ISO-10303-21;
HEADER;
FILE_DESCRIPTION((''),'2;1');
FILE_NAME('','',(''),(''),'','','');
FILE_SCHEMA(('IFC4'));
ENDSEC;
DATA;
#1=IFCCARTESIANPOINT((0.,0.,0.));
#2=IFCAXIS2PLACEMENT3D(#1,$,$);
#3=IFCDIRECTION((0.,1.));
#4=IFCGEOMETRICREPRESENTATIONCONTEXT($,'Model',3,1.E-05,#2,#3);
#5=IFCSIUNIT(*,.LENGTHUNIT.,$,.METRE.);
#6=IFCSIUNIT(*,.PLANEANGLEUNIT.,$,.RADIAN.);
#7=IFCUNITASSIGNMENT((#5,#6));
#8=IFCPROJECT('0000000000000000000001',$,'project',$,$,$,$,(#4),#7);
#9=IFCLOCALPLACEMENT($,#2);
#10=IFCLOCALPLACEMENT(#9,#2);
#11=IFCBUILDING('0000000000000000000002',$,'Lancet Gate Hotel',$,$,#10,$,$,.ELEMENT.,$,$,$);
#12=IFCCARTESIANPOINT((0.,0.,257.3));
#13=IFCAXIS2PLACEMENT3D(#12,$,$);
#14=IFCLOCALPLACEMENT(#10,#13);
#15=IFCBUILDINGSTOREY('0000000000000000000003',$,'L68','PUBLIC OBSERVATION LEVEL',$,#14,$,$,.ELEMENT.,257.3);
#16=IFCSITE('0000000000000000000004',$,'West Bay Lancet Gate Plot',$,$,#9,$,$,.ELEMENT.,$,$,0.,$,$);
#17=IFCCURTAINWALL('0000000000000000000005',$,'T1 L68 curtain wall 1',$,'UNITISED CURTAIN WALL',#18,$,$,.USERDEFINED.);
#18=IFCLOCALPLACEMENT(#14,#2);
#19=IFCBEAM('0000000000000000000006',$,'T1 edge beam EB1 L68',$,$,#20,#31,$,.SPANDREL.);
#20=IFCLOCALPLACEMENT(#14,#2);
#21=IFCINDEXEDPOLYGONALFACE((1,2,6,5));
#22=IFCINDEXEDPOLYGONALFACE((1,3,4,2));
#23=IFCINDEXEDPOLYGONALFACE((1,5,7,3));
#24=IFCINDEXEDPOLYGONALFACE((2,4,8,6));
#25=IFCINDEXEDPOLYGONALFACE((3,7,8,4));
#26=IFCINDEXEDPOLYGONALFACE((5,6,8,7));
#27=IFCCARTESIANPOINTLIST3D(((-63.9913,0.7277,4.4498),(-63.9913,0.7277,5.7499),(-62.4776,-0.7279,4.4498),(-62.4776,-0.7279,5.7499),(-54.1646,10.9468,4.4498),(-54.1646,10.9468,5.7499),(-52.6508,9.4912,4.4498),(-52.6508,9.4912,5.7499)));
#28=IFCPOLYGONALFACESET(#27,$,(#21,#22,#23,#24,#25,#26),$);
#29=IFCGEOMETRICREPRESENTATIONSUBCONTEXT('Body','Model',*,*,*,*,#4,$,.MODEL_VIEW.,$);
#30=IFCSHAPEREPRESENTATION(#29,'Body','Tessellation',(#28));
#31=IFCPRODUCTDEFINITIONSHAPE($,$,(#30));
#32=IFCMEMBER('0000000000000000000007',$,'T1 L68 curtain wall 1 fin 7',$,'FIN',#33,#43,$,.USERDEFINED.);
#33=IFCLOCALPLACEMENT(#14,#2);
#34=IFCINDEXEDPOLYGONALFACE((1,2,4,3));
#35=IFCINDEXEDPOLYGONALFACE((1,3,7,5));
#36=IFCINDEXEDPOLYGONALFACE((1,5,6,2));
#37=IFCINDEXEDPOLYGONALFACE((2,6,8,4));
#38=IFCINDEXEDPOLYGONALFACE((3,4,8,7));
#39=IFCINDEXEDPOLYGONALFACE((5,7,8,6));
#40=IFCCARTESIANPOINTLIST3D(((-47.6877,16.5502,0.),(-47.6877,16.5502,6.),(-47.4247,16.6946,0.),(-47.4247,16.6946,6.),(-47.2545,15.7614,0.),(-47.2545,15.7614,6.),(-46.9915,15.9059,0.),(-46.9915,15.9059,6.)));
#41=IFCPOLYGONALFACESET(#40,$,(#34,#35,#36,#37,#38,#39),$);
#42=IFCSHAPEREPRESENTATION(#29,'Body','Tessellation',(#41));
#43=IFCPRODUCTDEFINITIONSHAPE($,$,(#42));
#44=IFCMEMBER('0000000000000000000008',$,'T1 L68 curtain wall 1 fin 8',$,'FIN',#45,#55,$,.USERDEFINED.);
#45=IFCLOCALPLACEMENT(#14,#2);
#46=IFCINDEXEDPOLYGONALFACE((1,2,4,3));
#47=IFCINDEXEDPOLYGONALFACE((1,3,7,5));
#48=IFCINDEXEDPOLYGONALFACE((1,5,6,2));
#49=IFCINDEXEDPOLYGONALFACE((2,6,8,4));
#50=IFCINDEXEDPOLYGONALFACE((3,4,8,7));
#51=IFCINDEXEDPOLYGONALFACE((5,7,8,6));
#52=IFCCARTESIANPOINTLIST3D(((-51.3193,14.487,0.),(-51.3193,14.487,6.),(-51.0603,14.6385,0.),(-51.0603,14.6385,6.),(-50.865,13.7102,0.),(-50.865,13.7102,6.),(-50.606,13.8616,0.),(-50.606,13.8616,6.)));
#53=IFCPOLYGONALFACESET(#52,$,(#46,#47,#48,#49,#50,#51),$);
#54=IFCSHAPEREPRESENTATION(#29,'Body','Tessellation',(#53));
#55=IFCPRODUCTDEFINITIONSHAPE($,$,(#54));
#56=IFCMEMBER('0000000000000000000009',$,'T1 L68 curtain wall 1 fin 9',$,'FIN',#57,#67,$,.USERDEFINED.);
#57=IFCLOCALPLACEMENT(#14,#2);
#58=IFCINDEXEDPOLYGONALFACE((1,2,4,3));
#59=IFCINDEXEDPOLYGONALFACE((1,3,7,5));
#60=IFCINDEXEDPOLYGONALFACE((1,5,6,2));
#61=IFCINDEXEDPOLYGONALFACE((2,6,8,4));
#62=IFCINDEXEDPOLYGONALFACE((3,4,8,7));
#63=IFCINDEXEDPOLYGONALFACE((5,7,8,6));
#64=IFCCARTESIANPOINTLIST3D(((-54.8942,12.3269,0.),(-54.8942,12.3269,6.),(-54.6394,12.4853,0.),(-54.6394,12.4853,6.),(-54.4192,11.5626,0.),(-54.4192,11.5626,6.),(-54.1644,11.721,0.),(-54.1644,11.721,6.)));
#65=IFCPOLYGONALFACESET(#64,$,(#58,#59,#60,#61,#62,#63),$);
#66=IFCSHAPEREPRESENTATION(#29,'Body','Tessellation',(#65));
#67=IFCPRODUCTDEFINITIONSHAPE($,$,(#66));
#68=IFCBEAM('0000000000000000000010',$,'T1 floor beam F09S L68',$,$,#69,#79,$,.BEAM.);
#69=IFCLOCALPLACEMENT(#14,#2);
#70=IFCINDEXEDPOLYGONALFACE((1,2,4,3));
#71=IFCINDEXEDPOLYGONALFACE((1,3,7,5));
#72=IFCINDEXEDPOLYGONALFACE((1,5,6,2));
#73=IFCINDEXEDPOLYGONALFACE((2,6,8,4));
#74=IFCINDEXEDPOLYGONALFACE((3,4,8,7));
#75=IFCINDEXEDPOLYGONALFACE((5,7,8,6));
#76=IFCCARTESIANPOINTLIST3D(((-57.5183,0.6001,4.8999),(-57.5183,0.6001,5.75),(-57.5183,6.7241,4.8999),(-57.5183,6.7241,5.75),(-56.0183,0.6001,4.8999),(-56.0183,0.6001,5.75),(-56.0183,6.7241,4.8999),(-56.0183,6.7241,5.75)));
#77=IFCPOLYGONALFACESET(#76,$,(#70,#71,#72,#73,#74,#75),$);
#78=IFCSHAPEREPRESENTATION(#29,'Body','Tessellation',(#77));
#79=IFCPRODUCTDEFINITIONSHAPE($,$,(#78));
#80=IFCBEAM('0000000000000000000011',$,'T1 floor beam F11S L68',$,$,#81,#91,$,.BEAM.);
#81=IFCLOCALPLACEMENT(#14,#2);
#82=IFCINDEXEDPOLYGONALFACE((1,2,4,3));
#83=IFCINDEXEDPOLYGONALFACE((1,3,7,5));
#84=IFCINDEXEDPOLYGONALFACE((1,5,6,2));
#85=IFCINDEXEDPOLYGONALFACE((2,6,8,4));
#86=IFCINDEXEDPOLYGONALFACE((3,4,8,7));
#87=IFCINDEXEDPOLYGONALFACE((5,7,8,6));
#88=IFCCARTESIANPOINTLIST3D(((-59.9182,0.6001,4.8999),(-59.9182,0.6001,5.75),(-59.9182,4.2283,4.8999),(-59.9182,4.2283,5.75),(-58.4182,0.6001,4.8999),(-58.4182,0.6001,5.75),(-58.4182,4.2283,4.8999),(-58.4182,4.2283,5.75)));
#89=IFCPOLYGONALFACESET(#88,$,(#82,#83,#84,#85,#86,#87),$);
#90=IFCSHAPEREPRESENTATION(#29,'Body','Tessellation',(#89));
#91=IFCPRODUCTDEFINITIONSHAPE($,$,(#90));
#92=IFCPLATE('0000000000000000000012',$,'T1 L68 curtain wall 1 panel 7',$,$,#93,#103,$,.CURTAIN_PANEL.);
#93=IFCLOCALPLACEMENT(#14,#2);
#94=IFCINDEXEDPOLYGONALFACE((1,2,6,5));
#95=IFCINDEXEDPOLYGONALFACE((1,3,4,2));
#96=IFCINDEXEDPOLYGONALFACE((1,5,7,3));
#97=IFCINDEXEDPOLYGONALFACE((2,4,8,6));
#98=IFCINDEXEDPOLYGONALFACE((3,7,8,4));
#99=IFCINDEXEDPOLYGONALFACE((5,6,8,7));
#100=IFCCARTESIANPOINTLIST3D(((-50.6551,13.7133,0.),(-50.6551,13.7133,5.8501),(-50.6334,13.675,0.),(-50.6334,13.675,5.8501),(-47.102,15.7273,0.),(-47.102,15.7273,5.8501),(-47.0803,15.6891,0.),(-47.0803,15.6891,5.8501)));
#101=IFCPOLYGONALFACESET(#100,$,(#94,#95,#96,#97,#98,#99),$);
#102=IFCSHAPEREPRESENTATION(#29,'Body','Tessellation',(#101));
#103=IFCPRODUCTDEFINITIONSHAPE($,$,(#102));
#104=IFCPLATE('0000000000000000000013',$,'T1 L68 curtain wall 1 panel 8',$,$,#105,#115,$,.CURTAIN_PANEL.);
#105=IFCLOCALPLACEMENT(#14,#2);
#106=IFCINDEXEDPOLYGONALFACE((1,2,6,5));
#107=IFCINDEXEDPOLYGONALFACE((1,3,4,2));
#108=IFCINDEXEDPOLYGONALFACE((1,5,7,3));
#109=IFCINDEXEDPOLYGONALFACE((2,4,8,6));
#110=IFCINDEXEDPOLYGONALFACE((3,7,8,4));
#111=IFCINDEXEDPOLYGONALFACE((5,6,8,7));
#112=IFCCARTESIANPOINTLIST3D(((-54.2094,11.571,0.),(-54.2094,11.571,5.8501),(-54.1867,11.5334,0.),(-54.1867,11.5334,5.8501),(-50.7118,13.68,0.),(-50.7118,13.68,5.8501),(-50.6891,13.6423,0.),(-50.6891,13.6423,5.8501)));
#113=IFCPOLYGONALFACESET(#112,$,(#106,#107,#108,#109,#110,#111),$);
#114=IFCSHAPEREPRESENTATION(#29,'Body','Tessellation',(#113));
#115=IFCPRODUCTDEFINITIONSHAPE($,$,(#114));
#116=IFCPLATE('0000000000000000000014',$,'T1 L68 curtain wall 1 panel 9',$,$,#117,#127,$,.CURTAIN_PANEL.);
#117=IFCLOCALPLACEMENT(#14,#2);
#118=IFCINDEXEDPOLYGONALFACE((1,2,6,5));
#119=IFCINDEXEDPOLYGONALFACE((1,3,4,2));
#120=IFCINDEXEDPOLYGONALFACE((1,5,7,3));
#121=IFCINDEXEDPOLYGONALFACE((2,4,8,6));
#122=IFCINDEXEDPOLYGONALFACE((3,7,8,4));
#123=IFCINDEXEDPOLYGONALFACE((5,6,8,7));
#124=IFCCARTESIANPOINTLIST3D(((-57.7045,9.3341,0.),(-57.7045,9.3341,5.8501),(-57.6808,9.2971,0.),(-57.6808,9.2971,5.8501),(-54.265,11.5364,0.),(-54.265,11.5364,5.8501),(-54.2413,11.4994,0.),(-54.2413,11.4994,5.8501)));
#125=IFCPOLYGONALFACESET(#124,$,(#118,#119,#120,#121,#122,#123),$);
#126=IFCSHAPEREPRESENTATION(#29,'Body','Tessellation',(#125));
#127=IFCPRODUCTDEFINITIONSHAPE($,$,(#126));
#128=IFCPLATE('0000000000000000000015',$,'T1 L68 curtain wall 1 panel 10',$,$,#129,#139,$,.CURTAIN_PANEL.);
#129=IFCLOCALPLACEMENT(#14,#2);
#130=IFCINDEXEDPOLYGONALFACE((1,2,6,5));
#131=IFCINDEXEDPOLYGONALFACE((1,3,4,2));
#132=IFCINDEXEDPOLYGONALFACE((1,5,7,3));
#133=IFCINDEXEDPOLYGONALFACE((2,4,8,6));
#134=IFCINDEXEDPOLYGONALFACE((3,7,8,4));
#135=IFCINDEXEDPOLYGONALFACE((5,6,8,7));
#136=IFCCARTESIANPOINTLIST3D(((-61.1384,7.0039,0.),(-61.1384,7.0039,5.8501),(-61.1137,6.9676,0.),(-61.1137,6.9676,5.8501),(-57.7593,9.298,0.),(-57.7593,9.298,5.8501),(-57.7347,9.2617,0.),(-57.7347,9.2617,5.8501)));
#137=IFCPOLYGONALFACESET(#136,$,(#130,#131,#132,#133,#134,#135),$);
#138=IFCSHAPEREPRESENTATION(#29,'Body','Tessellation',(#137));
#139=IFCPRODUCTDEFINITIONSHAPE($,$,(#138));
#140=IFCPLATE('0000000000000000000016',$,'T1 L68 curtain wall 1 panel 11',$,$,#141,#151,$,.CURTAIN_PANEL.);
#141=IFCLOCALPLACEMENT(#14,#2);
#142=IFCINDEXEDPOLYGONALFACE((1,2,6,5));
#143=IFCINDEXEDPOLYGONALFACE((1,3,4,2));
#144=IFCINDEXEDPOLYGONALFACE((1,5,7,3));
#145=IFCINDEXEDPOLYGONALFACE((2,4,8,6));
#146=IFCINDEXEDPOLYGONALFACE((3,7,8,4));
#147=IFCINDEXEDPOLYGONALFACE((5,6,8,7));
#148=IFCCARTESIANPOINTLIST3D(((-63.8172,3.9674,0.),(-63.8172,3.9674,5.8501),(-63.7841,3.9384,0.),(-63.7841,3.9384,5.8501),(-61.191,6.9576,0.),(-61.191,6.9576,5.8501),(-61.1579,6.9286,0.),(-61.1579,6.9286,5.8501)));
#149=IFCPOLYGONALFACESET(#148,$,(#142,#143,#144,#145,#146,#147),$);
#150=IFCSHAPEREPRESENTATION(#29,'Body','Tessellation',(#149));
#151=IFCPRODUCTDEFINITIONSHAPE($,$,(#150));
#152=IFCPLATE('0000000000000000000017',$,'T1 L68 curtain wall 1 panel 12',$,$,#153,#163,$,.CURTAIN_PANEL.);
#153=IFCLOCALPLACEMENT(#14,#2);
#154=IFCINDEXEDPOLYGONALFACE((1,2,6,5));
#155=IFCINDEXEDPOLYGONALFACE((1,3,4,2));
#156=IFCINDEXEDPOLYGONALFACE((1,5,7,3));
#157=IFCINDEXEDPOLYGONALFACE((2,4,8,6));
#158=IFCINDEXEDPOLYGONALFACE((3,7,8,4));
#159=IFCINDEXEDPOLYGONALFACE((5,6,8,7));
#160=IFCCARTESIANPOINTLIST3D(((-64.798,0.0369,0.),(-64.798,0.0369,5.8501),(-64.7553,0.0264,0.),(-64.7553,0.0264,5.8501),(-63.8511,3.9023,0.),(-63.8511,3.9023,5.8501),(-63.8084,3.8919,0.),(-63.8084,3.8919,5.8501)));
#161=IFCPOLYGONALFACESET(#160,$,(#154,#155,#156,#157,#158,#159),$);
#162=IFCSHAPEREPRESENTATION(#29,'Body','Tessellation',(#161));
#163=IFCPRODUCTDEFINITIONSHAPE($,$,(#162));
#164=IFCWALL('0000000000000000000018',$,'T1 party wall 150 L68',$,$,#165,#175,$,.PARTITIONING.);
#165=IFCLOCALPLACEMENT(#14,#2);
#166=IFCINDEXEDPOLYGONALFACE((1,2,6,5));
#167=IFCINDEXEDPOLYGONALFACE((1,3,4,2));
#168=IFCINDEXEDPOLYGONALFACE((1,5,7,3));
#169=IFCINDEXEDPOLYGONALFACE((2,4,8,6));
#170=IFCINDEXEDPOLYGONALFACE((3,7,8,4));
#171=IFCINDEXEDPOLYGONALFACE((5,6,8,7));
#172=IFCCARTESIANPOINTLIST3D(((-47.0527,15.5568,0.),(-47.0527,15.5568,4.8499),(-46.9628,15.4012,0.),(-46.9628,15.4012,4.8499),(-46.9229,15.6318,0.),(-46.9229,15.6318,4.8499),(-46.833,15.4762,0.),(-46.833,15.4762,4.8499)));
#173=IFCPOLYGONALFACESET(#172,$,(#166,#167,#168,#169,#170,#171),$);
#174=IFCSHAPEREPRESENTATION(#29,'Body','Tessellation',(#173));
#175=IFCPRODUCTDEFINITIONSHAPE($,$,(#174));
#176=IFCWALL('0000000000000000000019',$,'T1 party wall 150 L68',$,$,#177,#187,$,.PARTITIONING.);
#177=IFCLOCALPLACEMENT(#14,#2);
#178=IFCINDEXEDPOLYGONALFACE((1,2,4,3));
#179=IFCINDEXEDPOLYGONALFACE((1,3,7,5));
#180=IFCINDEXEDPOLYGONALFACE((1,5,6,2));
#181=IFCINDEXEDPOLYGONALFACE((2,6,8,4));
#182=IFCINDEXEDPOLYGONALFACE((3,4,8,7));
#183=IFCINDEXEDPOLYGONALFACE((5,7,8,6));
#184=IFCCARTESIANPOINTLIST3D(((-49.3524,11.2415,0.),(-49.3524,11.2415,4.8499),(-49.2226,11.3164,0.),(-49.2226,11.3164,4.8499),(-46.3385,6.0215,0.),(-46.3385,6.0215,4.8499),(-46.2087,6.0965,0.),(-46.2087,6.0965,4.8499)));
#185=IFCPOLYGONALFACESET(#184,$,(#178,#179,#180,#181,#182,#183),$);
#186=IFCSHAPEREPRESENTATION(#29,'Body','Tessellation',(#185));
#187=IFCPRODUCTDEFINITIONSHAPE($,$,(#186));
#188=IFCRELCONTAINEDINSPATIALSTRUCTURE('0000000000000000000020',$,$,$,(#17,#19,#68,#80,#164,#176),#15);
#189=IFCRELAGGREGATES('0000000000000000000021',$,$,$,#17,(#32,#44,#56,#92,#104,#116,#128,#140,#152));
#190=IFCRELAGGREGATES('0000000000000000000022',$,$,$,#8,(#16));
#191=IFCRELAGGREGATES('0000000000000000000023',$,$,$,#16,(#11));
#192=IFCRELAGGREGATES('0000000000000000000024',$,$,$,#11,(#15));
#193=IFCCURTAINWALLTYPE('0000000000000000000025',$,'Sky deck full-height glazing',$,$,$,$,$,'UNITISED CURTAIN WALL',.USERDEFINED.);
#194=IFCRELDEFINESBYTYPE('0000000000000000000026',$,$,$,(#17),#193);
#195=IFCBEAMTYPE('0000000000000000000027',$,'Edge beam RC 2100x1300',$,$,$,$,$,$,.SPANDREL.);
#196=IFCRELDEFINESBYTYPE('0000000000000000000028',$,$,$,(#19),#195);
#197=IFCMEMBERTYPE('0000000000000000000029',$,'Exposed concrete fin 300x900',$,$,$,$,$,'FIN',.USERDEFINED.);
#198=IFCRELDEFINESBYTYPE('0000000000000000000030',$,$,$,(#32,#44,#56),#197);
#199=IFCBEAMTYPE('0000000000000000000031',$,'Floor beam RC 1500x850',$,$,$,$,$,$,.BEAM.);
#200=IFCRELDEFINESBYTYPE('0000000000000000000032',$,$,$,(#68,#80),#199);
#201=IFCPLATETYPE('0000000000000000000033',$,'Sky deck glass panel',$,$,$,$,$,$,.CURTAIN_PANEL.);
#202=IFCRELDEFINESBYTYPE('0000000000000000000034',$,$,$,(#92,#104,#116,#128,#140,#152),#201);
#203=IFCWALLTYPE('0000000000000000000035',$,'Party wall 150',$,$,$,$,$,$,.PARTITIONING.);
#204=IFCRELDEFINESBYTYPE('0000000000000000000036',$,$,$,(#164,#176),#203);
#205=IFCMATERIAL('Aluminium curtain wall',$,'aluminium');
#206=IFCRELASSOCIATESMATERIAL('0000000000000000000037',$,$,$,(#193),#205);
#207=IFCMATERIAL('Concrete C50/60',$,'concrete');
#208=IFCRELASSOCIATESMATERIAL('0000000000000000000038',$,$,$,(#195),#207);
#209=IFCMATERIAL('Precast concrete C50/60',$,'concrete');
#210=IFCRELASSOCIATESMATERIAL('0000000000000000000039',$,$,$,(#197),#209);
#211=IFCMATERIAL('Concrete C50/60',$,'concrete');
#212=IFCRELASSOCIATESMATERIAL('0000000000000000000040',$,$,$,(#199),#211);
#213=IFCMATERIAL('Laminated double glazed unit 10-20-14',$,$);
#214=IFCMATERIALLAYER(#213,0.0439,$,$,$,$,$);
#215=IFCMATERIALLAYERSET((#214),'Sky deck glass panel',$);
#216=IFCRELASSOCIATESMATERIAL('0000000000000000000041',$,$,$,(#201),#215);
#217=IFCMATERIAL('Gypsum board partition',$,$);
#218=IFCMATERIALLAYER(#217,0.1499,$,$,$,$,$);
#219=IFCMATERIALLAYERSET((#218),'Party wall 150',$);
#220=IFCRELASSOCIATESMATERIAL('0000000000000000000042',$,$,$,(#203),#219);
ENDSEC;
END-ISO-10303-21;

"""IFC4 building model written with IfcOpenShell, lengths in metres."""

from ifc_helpers import new_model, si_unit, direction, frame, frame_2d, origin, origin_2d, place, context, subcontext, project, spatial, rectangle, extrude, material, layer, layer_set, material_profile, profile_set, type_object, element, aggregate, save


model = new_model("IFC4")

# Units and contexts
model_context = context("Model", 3, precision=1e-05, world=origin(), true_north=direction((0.0, 1.0)))
body_context = subcontext(model_context, "Body", "Model", "MODEL_VIEW")
ifc_project = project(units=[si_unit("LENGTHUNIT", "METRE"), si_unit("PLANEANGLEUNIT", "RADIAN")], contexts=[model_context])

# Site, building, storey
site_placement = place(None, origin())
site = spatial("IfcSite", under=ifc_project, at=site_placement, Name="West Bay Lancet Gate Plot", CompositionType="ELEMENT", RefElevation=0.0)
building_placement = place(site_placement, origin())
building = spatial("IfcBuilding", under=site, at=building_placement, Name="Lancet Gate Hotel", CompositionType="ELEMENT")
storey_placement = place(building_placement, frame((0.0, 0.0, 257.3)))
storey = spatial("IfcBuildingStorey", under=building, at=storey_placement, Name="L68", Description="PUBLIC OBSERVATION LEVEL", CompositionType="ELEMENT", Elevation=257.3)

# Curtain wall
ifc_material_1 = material(Name="Aluminium curtain wall", Category="aluminium")
curtain_wall_type = type_object("IfcCurtainWallType", Name="Sky deck full-height glazing", ElementType="UNITISED CURTAIN WALL", PredefinedType="USERDEFINED", material=ifc_material_1)
curtain_wall_placement = place(storey_placement, origin())
curtain_wall = element("IfcCurtainWall", 1, at=curtain_wall_placement, inside=storey, type_object=curtain_wall_type, Name="T1 L68 curtain wall 1", ObjectType="UNITISED CURTAIN WALL", PredefinedType="USERDEFINED")

# Beam
ifc_material_2 = material(Name="Concrete C50/60", Category="concrete")
ifc_material_profile_1 = material_profile(ifc_material_2, rectangle(XDim=2.1001, YDim=1.3, at=origin_2d()), Name="RC 2100x1300")
ifc_profile_set_1 = profile_set([ifc_material_profile_1], Name="Concrete C50/60")
beam_type_1 = type_object("IfcBeamType", Name="Edge beam RC 2100x1300", PredefinedType="SPANDREL", material=ifc_profile_set_1)
beam_1_placement = place(storey_placement, frame((-53.4077, 10.219, 5.0999), z_axis=(-0.693135, -0.720808, 0.0), x_axis=(0.720808, -0.693135, 0.0)))
element("IfcBeam", 2, at=beam_1_placement, inside=storey, type_object=beam_type_1, Name="T1 edge beam EB1 L68", PredefinedType="SPANDREL", context=body_context, shape_type="SweptSolid", body=[
    extrude(rectangle(XDim=2.1001, YDim=1.3, at=origin_2d()), origin(), (0.0, 0.0, 1.0), 14.1772),
])

# Members
ifc_material_3 = material(Name="Precast concrete C50/60", Category="concrete")
ifc_material_profile_2 = material_profile(ifc_material_3, rectangle(XDim=0.3, YDim=0.8999, at=origin_2d()), Name="FIN 300x900")
ifc_profile_set_2 = profile_set([ifc_material_profile_2], Name="Precast concrete C50/60")
member_type_1 = type_object("IfcMemberType", Name="Exposed concrete fin 300x900", ElementType="FIN", PredefinedType="USERDEFINED", material=ifc_profile_set_2)
member_1_placement = place(storey_placement, frame((-47.3396, 16.228, 0.0), z_axis=(0.0, 0.0, 1.0), x_axis=(-0.876516, -0.481372, 0.0)))
member_1 = element("IfcMember", 3, at=member_1_placement, type_object=member_type_1, Name="T1 L68 curtain wall 1 fin 7", ObjectType="FIN", PredefinedType="USERDEFINED", context=body_context, shape_type="SweptSolid", body=[
    extrude(rectangle(XDim=0.3, YDim=0.8999, at=origin_2d()), origin(), (0.0, 0.0, 1.0), 6.0),
])
member_2_placement = place(storey_placement, frame((-50.9626, 14.1743, 0.0), z_axis=(0.0, 0.0, 1.0), x_axis=(-0.863242, -0.50479, 0.0)))
member_2 = element("IfcMember", 4, at=member_2_placement, type_object=member_type_1, Name="T1 L68 curtain wall 1 fin 8", ObjectType="FIN", PredefinedType="USERDEFINED", context=body_context, shape_type="SweptSolid", body=[
    extrude(rectangle(XDim=0.3, YDim=0.8999, at=origin_2d()), origin(), (0.0, 0.0, 1.0), 6.0),
])
member_3_placement = place(storey_placement, frame((-54.5293, 12.0239, 0.0), z_axis=(0.0, 0.0, 1.0), x_axis=(-0.849342, -0.527842, 0.0)))
member_3 = element("IfcMember", 5, at=member_3_placement, type_object=member_type_1, Name="T1 L68 curtain wall 1 fin 9", ObjectType="FIN", PredefinedType="USERDEFINED", context=body_context, shape_type="SweptSolid", body=[
    extrude(rectangle(XDim=0.3, YDim=0.8999, at=origin_2d()), origin(), (0.0, 0.0, 1.0), 6.0),
])

# Beams
ifc_material_4 = material(Name="Concrete C50/60", Category="concrete")
ifc_material_profile_3 = material_profile(ifc_material_4, rectangle(XDim=1.5, YDim=0.8501, at=origin_2d()), Name="RC 1500x850")
ifc_profile_set_3 = profile_set([ifc_material_profile_3], Name="Concrete C50/60")
beam_type_2 = type_object("IfcBeamType", Name="Floor beam RC 1500x850", PredefinedType="BEAM", material=ifc_profile_set_3)
beam_2_placement = place(storey_placement, frame((-56.7683, 6.7241, 5.325), z_axis=(0.0, -1.0, 0.0), x_axis=(1.0, 0.0, 0.0)))
element("IfcBeam", 6, at=beam_2_placement, inside=storey, type_object=beam_type_2, Name="T1 floor beam F09S L68", PredefinedType="BEAM", context=body_context, shape_type="SweptSolid", body=[
    extrude(rectangle(XDim=1.5, YDim=0.8501, at=origin_2d()), origin(), (0.0, 0.0, 1.0), 6.124),
])
beam_3_placement = place(storey_placement, frame((-59.1682, 4.2283, 5.325), z_axis=(0.0, -1.0, 0.0), x_axis=(1.0, 0.0, 0.0)))
element("IfcBeam", 7, at=beam_3_placement, inside=storey, type_object=beam_type_2, Name="T1 floor beam F11S L68", PredefinedType="BEAM", context=body_context, shape_type="SweptSolid", body=[
    extrude(rectangle(XDim=1.5, YDim=0.8501, at=origin_2d()), origin(), (0.0, 0.0, 1.0), 3.6282),
])

# Plates
ifc_material_5 = material(Name="Laminated double glazed unit 10-20-14")
ifc_layer_1 = layer(ifc_material_5, 0.0439)
ifc_layer_set_1 = layer_set([ifc_layer_1], Name="Sky deck glass panel")
plate_type = type_object("IfcPlateType", Name="Sky deck glass panel", PredefinedType="CURTAIN_PANEL", material=ifc_layer_set_1)
plate_1_placement = place(storey_placement, frame((-48.8677, 14.7012, 0.0), z_axis=(0.0, 0.0, 1.0), x_axis=(-0.869958, -0.493126, 0.0)))
plate_1 = element("IfcPlate", 8, at=plate_1_placement, type_object=plate_type, Name="T1 L68 curtain wall 1 panel 7", PredefinedType="CURTAIN_PANEL", context=body_context, shape_type="SweptSolid", body=[
    extrude(rectangle(XDim=4.0842, YDim=0.0439, at=origin_2d()), origin(), (0.0, 0.0, 1.0), 5.8501),
])
plate_2_placement = place(storey_placement, frame((-52.4492, 12.6067, 0.0), z_axis=(0.0, 0.0, 1.0), x_axis=(-0.85637, -0.516363, 0.0)))
plate_2 = element("IfcPlate", 9, at=plate_2_placement, type_object=plate_type, Name="T1 L68 curtain wall 1 panel 8", PredefinedType="CURTAIN_PANEL", context=body_context, shape_type="SweptSolid", body=[
    extrude(rectangle(XDim=4.0842, YDim=0.0439, at=origin_2d()), origin(), (0.0, 0.0, 1.0), 5.8501),
])
plate_3_placement = place(storey_placement, frame((-55.9729, 10.4167, 0.0), z_axis=(0.0, 0.0, 1.0), x_axis=(-0.842161, -0.539226, 0.0)))
plate_3 = element("IfcPlate", 10, at=plate_3_placement, type_object=plate_type, Name="T1 L68 curtain wall 1 panel 9", PredefinedType="CURTAIN_PANEL", context=body_context, shape_type="SweptSolid", body=[
    extrude(rectangle(XDim=4.0842, YDim=0.0439, at=origin_2d()), origin(), (0.0, 0.0, 1.0), 5.8501),
])
plate_4_placement = place(storey_placement, frame((-59.4365, 8.1328, 0.0), z_axis=(0.0, 0.0, 1.0), x_axis=(-0.827342, -0.561698, 0.0)))
plate_4 = element("IfcPlate", 11, at=plate_4_placement, type_object=plate_type, Name="T1 L68 curtain wall 1 panel 10", PredefinedType="CURTAIN_PANEL", context=body_context, shape_type="SweptSolid", body=[
    extrude(rectangle(XDim=4.0842, YDim=0.0439, at=origin_2d()), origin(), (0.0, 0.0, 1.0), 5.8501),
])
plate_5_placement = place(storey_placement, frame((-62.4875, 5.448, 0.0), z_axis=(0.0, 0.0, 1.0), x_axis=(-0.659892, -0.751361, 0.0)))
plate_5 = element("IfcPlate", 12, at=plate_5_placement, type_object=plate_type, Name="T1 L68 curtain wall 1 panel 11", PredefinedType="CURTAIN_PANEL", context=body_context, shape_type="SweptSolid", body=[
    extrude(rectangle(XDim=3.9797, YDim=0.0439, at=origin_2d()), origin(), (0.0, 0.0, 1.0), 5.8501),
])
plate_6_placement = place(storey_placement, frame((-64.3032, 1.9644, 0.0), z_axis=(0.0, 0.0, 1.0), x_axis=(-0.237921, -0.971285, 0.0)))
plate_6 = element("IfcPlate", 13, at=plate_6_placement, type_object=plate_type, Name="T1 L68 curtain wall 1 panel 12", PredefinedType="CURTAIN_PANEL", context=body_context, shape_type="SweptSolid", body=[
    extrude(rectangle(XDim=3.9797, YDim=0.0439, at=origin_2d()), origin(), (0.0, 0.0, 1.0), 5.8501),
])
aggregate(curtain_wall, [member_1, member_2, member_3, plate_1, plate_2, plate_3, plate_4, plate_5, plate_6])

# Walls
ifc_material_6 = material(Name="Gypsum board partition")
ifc_layer_2 = layer(ifc_material_6, 0.1499)
ifc_layer_set_2 = layer_set([ifc_layer_2], Name="Party wall 150")
wall_type = type_object("IfcWallType", Name="Party wall 150", PredefinedType="PARTITIONING", material=ifc_layer_set_2)
wall_1_placement = place(storey_placement, frame((-46.8979, 15.4387, 0.0), z_axis=(0.0, 0.0, 1.0), x_axis=(-0.500232, 0.865891, 0.0)))
element("IfcWall", 14, at=wall_1_placement, inside=storey, type_object=wall_type, Name="T1 party wall 150 L68", PredefinedType="PARTITIONING", context=body_context, shape_type="SweptSolid", body=[
    extrude(rectangle(XDim=0.1797, YDim=0.1499, at=frame_2d((0.0898, 0.0))), origin(), (0.0, 0.0, 1.0), 4.8499),
])
wall_2_placement = place(storey_placement, frame((-46.2737, 6.0591, 0.0), z_axis=(0.0, 0.0, 1.0), x_axis=(-0.50002, 0.866014, 0.0)))
element("IfcWall", 15, at=wall_2_placement, inside=storey, type_object=wall_type, Name="T1 party wall 150 L68", PredefinedType="PARTITIONING", context=body_context, shape_type="SweptSolid", body=[
    extrude(rectangle(XDim=6.0276, YDim=0.1499, at=frame_2d((3.0137, 0.0))), origin(), (0.0, 0.0, 1.0), 4.8499),
])

save(model, "model.ifc")
